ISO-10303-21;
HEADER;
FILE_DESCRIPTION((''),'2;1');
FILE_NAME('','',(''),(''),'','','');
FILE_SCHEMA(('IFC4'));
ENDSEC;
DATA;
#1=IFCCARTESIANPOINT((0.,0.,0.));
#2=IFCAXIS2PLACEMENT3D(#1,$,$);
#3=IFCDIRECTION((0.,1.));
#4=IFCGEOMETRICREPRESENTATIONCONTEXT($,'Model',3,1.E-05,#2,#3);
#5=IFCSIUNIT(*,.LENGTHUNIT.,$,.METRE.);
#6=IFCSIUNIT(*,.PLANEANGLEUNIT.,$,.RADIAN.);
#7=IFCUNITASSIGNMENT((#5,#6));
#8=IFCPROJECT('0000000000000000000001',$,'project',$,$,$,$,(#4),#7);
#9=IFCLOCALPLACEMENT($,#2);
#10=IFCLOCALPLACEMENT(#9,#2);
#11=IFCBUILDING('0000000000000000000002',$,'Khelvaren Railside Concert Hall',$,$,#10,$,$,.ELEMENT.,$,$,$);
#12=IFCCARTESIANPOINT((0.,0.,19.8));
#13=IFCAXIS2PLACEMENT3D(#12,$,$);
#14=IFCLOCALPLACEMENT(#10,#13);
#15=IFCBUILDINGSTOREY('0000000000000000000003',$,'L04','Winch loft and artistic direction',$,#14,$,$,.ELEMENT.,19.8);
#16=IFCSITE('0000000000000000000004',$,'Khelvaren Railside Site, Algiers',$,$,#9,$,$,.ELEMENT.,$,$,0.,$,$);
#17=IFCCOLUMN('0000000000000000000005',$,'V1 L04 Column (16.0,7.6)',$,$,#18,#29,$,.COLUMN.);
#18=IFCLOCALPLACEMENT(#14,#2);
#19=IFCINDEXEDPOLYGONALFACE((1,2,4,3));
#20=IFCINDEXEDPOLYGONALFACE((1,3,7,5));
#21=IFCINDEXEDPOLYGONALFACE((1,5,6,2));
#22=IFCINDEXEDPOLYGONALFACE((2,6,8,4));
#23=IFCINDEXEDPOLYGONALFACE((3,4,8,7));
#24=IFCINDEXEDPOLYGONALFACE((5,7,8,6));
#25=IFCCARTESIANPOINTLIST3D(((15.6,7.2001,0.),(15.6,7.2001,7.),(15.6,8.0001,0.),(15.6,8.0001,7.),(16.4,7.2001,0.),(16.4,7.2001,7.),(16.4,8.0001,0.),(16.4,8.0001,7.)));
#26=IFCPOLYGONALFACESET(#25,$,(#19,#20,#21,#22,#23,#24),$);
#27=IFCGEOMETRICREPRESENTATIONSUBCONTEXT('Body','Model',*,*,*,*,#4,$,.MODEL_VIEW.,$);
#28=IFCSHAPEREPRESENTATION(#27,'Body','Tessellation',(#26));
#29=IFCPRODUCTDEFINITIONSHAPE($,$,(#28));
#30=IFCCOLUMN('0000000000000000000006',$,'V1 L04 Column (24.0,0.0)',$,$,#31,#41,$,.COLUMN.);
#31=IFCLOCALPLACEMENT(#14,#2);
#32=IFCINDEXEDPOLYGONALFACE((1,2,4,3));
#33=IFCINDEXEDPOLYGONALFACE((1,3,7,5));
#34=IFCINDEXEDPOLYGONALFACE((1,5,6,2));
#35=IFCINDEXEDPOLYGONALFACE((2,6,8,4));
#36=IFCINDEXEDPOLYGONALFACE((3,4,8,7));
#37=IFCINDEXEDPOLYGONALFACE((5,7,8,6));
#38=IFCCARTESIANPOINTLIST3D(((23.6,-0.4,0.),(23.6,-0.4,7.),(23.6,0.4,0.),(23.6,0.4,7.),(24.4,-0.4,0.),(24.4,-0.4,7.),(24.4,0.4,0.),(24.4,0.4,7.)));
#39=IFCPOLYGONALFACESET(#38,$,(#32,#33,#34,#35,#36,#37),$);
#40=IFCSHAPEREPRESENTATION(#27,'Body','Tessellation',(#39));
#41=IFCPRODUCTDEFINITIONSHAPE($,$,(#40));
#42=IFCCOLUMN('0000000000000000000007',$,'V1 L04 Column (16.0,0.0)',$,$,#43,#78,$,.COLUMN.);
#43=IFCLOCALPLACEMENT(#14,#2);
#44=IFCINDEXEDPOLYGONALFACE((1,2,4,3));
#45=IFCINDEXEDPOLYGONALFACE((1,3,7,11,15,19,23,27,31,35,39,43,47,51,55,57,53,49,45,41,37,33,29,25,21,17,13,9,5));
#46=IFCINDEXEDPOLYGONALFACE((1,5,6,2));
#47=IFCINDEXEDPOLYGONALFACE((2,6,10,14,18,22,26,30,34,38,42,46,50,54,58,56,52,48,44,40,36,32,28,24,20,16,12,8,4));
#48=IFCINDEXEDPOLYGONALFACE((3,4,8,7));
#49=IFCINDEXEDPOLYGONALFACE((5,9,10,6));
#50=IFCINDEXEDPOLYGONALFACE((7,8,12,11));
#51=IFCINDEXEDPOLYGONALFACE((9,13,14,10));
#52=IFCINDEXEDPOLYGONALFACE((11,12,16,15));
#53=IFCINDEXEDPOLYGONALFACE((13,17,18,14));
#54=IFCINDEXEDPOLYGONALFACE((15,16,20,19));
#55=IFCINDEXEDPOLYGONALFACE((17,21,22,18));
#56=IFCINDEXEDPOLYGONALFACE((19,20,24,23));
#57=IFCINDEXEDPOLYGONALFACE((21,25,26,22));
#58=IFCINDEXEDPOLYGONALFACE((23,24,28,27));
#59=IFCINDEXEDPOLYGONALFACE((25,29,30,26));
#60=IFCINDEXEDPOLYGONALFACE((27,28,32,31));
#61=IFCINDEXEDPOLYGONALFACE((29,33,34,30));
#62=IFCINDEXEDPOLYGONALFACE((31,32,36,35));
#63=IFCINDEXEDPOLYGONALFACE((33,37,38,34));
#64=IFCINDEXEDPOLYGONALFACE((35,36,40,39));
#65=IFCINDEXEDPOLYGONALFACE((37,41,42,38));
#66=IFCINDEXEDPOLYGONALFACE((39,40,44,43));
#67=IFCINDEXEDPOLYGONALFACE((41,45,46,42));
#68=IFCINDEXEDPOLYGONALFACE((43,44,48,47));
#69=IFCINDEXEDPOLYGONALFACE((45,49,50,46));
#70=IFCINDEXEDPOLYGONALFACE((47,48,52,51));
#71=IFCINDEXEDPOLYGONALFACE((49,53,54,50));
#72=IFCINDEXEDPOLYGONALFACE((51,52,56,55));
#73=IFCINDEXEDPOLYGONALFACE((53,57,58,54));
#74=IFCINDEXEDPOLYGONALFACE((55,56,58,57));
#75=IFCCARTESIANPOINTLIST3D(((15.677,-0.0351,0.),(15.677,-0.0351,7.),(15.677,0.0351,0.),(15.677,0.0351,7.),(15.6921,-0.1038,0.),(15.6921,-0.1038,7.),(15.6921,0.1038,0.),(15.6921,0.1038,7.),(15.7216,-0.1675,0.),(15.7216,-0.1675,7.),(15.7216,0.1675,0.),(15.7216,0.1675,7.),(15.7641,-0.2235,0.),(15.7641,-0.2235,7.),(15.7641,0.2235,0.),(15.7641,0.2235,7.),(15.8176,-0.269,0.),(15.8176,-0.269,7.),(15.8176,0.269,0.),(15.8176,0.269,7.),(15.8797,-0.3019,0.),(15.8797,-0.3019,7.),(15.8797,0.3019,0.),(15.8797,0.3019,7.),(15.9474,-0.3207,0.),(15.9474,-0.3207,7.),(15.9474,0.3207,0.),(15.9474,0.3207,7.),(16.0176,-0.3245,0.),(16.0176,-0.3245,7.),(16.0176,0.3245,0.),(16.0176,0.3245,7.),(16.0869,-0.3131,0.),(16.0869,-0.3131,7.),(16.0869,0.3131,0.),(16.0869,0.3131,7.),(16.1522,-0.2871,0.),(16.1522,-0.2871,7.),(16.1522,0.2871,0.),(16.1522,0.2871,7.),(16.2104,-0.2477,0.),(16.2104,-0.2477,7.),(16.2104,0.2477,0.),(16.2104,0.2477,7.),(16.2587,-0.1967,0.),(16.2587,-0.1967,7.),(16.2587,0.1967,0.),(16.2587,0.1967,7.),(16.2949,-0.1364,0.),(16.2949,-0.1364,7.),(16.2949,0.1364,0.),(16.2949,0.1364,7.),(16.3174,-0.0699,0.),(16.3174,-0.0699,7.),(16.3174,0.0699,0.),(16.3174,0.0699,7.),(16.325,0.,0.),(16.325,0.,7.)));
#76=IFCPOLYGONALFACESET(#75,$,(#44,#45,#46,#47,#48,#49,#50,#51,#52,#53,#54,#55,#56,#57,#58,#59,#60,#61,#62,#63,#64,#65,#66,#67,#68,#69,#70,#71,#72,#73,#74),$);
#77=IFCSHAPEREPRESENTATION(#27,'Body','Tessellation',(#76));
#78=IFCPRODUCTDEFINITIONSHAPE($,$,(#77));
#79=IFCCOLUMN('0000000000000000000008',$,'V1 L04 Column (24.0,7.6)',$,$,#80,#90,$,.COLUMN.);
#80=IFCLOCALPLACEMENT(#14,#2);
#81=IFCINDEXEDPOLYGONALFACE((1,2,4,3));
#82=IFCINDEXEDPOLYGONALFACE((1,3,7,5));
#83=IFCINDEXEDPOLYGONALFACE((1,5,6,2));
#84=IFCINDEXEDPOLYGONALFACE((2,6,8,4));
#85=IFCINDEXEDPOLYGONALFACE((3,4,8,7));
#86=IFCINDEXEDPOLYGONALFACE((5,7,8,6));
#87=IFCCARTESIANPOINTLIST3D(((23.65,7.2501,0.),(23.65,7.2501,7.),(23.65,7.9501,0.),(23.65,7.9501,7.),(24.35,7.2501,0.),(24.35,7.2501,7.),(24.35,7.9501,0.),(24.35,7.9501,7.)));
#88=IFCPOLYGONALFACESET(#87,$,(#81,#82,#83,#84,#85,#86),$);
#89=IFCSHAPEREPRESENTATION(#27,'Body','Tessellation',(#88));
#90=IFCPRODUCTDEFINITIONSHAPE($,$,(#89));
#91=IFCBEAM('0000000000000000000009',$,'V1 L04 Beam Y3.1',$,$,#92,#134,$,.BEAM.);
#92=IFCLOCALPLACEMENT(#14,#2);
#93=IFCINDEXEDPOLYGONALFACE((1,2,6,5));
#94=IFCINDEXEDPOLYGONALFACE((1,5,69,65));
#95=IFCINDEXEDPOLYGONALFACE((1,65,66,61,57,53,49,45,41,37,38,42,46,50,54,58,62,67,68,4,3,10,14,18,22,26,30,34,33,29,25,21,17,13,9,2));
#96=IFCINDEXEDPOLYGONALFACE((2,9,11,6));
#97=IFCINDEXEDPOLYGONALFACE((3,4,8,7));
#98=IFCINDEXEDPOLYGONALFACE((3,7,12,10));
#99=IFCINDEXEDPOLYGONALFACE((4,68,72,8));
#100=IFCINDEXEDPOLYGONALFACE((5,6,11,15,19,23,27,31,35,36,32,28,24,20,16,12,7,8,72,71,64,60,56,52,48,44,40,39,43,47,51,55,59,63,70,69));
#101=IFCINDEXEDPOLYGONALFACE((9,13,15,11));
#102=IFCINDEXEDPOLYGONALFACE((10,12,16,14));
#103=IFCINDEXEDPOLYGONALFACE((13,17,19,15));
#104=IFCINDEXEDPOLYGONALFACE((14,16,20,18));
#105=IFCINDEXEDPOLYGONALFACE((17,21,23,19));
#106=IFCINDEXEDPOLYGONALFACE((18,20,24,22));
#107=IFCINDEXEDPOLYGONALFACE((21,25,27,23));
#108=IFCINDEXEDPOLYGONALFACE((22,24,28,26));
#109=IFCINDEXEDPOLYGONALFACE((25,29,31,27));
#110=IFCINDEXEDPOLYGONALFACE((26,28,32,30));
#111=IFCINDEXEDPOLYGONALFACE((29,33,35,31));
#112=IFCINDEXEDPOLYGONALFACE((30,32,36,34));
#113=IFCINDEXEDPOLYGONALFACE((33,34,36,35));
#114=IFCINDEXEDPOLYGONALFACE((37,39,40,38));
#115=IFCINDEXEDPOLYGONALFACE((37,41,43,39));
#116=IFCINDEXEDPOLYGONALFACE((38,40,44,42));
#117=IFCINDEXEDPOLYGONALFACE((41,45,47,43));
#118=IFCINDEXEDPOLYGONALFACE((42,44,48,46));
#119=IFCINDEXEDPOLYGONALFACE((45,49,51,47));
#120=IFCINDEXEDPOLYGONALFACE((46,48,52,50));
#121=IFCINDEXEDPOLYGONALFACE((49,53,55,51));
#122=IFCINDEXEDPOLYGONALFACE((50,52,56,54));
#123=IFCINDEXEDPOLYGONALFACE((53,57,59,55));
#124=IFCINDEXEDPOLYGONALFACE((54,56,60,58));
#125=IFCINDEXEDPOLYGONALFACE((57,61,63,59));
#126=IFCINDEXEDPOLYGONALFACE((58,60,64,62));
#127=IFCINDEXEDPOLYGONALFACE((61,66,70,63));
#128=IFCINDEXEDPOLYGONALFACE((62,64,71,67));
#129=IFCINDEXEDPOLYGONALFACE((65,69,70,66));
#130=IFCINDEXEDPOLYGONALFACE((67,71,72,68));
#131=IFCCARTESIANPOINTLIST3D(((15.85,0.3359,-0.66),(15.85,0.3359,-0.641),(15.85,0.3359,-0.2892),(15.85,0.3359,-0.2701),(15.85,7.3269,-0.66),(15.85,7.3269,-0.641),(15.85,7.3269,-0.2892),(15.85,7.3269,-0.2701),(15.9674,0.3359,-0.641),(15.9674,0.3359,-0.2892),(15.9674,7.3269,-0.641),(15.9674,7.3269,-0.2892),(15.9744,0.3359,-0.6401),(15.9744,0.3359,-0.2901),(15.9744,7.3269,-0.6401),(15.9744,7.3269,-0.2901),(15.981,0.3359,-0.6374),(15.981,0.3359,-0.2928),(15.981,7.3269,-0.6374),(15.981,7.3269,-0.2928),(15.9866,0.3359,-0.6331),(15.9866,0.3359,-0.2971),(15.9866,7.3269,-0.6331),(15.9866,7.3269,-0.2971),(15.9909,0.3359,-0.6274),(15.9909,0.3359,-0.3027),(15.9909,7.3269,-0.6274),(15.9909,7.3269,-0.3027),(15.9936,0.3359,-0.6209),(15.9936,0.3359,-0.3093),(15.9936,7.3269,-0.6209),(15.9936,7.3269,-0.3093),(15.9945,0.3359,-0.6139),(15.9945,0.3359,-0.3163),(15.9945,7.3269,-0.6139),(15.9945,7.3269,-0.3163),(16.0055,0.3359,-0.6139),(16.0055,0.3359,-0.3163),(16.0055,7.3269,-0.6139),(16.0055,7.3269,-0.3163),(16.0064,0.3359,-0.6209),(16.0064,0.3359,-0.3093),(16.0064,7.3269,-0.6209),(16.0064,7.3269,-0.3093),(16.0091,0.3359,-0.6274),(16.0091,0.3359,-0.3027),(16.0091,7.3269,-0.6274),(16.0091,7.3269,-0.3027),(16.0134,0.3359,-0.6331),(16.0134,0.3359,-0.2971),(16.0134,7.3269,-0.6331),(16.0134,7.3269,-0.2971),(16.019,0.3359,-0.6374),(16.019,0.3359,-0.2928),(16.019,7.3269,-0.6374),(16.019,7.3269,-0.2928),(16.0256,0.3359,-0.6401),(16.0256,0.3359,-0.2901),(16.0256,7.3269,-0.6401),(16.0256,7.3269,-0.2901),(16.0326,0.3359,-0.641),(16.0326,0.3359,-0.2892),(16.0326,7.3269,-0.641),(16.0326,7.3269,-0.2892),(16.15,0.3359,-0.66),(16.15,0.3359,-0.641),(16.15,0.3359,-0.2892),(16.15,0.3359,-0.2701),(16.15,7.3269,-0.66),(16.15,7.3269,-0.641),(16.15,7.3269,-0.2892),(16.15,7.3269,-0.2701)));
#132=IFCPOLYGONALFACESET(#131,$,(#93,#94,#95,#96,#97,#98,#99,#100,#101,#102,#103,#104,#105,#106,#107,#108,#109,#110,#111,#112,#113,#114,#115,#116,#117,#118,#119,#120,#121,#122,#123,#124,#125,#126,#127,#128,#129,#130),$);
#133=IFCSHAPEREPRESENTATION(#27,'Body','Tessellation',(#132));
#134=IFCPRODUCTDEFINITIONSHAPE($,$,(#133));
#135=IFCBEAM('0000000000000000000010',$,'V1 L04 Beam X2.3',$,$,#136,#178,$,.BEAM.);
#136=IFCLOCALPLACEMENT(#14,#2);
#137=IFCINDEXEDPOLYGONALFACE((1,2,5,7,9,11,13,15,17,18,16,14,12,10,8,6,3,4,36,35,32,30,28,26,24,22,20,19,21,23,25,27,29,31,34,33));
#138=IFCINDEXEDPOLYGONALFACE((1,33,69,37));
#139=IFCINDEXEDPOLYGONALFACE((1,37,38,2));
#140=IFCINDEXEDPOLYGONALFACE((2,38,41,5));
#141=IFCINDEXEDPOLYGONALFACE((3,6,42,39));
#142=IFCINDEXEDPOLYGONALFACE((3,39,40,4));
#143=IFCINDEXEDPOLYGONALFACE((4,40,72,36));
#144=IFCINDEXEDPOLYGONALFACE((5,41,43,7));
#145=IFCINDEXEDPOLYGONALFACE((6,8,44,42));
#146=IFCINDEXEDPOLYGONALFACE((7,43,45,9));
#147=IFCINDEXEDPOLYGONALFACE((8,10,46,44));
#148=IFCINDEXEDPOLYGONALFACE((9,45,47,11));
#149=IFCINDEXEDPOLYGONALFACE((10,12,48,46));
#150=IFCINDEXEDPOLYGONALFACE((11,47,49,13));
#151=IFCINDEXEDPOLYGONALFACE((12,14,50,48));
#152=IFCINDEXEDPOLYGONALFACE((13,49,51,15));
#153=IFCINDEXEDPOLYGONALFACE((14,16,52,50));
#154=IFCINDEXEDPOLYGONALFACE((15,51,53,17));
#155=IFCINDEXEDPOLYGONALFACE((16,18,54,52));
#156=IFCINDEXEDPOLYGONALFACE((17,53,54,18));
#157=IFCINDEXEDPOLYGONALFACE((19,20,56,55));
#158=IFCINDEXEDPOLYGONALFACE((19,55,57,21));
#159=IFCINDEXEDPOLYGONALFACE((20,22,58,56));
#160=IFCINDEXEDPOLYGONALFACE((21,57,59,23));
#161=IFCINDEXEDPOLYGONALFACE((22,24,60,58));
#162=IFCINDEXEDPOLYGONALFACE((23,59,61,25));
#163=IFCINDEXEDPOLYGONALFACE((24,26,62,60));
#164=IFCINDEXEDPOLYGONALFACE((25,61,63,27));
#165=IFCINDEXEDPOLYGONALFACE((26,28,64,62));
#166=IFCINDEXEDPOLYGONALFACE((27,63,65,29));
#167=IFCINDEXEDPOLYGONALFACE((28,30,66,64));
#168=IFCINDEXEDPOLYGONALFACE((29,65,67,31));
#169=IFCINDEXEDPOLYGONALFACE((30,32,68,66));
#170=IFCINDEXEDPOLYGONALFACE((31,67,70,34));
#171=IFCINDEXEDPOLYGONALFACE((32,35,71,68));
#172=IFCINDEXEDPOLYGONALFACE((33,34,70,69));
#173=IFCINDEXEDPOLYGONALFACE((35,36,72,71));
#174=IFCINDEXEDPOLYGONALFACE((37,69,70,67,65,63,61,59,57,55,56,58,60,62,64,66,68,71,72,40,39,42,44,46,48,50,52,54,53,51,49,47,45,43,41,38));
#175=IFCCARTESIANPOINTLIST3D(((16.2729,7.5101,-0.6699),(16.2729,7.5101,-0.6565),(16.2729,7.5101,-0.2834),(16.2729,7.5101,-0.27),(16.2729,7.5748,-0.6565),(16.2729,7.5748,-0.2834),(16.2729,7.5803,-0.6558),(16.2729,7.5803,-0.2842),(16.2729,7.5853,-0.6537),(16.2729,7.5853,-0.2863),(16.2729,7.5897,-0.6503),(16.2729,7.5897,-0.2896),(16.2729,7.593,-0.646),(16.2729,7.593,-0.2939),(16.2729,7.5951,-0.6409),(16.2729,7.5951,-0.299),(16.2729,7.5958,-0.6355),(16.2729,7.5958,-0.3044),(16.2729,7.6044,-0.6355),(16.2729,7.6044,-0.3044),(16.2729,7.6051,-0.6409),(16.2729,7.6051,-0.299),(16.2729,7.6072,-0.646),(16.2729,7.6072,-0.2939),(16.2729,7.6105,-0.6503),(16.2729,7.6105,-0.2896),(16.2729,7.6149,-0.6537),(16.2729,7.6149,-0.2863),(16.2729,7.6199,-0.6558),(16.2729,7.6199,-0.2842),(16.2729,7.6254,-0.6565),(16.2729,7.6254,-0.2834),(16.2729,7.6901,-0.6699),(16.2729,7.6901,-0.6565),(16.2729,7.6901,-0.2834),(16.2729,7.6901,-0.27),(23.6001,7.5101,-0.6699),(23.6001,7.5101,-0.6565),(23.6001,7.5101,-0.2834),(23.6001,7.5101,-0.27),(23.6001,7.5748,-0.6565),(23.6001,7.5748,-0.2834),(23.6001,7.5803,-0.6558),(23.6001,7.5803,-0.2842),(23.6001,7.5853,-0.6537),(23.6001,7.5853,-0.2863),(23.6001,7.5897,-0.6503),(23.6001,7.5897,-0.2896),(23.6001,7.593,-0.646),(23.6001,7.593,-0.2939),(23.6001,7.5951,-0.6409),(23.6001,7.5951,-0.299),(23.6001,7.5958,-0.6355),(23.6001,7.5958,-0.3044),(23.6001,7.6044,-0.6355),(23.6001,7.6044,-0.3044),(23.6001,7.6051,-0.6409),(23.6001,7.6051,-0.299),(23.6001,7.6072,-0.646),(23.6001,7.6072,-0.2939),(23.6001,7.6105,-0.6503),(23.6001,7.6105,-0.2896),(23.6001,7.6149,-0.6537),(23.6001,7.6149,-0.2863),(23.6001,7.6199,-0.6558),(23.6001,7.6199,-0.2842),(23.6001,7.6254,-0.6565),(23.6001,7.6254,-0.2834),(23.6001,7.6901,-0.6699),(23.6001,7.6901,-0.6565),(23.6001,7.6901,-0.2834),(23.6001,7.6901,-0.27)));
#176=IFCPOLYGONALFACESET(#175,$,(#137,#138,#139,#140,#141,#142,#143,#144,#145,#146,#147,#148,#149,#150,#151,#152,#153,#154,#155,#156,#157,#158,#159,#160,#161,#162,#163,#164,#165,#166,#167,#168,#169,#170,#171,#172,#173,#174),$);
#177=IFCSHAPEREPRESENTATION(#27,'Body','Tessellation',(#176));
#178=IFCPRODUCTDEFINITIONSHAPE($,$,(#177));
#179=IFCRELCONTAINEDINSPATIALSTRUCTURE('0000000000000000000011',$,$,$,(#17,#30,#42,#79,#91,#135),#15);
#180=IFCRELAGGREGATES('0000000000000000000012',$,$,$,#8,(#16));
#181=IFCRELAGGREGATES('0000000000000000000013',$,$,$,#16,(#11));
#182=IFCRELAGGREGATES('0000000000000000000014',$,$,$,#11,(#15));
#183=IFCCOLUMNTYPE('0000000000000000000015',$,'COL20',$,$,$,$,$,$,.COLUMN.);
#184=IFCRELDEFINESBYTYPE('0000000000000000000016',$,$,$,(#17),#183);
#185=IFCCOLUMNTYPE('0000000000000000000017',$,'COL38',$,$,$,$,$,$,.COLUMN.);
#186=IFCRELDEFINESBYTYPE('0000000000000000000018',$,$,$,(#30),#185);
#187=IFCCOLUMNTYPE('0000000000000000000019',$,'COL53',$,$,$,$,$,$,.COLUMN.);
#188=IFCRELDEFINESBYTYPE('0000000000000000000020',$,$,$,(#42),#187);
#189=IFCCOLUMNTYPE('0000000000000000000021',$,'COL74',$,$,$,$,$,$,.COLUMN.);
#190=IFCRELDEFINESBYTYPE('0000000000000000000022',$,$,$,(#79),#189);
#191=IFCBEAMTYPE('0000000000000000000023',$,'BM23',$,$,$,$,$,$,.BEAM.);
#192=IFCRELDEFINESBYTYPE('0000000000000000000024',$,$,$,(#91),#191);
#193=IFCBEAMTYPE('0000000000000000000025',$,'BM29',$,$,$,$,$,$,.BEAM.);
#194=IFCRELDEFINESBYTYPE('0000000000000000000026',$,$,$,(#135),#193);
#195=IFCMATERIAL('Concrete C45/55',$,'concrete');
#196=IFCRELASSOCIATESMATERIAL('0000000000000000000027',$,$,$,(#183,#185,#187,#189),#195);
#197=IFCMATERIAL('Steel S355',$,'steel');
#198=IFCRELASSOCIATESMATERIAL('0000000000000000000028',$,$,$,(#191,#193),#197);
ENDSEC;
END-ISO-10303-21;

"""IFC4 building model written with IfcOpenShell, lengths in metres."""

from ifc_helpers import new_model, si_unit, direction, frame, origin, origin_2d, place, context, subcontext, project, spatial, rectangle, circle, i_section, extrude, material, material_profile, profile_set, type_object, element, save


model = new_model("IFC4")

# Units and contexts
model_context = context("Model", 3, precision=1e-05, world=origin(), true_north=direction((0.0, 1.0)))
body_context = subcontext(model_context, "Body", "Model", "MODEL_VIEW")
ifc_project = project(units=[si_unit("LENGTHUNIT", "METRE"), si_unit("PLANEANGLEUNIT", "RADIAN")], contexts=[model_context])

# Site, building, storey
site_placement = place(None, origin())
site = spatial("IfcSite", under=ifc_project, at=site_placement, Name="Khelvaren Railside Site, Algiers", CompositionType="ELEMENT", RefElevation=0.0)
building_placement = place(site_placement, origin())
building = spatial("IfcBuilding", under=site, at=building_placement, Name="Khelvaren Railside Concert Hall", CompositionType="ELEMENT")
storey_placement = place(building_placement, frame((0.0, 0.0, 19.8)))
storey = spatial("IfcBuildingStorey", under=building, at=storey_placement, Name="L04", Description="Winch loft and artistic direction", CompositionType="ELEMENT", Elevation=19.8)

# Columns
ifc_material_1 = material(Name="Concrete C45/55", Category="concrete")
ifc_material_profile_1 = material_profile(ifc_material_1, rectangle(XDim=0.8, YDim=0.8, at=origin_2d()), Name="RC 800x800")
ifc_profile_set_1 = profile_set([ifc_material_profile_1], Name="Concrete C45/55")
column_type_1 = type_object("IfcColumnType", Name="COL20", PredefinedType="COLUMN", material=ifc_profile_set_1)
column_1_placement = place(storey_placement, frame((16.0, 7.6001, 0.0), z_axis=(0.0, 0.0, 1.0), x_axis=(1.0, 0.0, 0.0)))
element("IfcColumn", 1, at=column_1_placement, inside=storey, type_object=column_type_1, Name="V1 L04 Column (16.0,7.6)", PredefinedType="COLUMN", context=body_context, shape_type="SweptSolid", body=[
    extrude(rectangle(XDim=0.8, YDim=0.8, at=origin_2d()), origin(), (0.0, 0.0, 1.0), 7.0),
])
ifc_material_profile_2 = material_profile(ifc_material_1, rectangle(XDim=0.8, YDim=0.8, at=origin_2d()), Name="RC 800x800")
ifc_profile_set_2 = profile_set([ifc_material_profile_2], Name="Concrete C45/55")
column_type_2 = type_object("IfcColumnType", Name="COL38", PredefinedType="COLUMN", material=ifc_profile_set_2)
column_2_placement = place(storey_placement, frame((24.0, 0.0, 0.0), z_axis=(0.0, 0.0, 1.0), x_axis=(1.0, 0.0, 0.0)))
element("IfcColumn", 2, at=column_2_placement, inside=storey, type_object=column_type_2, Name="V1 L04 Column (24.0,0.0)", PredefinedType="COLUMN", context=body_context, shape_type="SweptSolid", body=[
    extrude(rectangle(XDim=0.8, YDim=0.8, at=origin_2d()), origin(), (0.0, 0.0, 1.0), 7.0),
])
ifc_material_profile_3 = material_profile(ifc_material_1, circle(Radius=0.325, at=origin_2d()), Name="RC D650")
ifc_profile_set_3 = profile_set([ifc_material_profile_3], Name="Concrete C45/55")
column_type_3 = type_object("IfcColumnType", Name="COL53", PredefinedType="COLUMN", material=ifc_profile_set_3)
column_3_placement = place(storey_placement, frame((16.0, 0.0, 0.0), z_axis=(0.0, 0.0, 1.0), x_axis=(1.0, 0.0, 0.0)))
element("IfcColumn", 3, at=column_3_placement, inside=storey, type_object=column_type_3, Name="V1 L04 Column (16.0,0.0)", PredefinedType="COLUMN", context=body_context, shape_type="SweptSolid", body=[
    extrude(circle(Radius=0.325, at=origin_2d()), origin(), (0.0, 0.0, 1.0), 7.0),
])
ifc_material_profile_4 = material_profile(ifc_material_1, rectangle(XDim=0.7, YDim=0.7, at=origin_2d()), Name="RC 700x700")
ifc_profile_set_4 = profile_set([ifc_material_profile_4], Name="Concrete C45/55")
column_type_4 = type_object("IfcColumnType", Name="COL74", PredefinedType="COLUMN", material=ifc_profile_set_4)
column_4_placement = place(storey_placement, frame((24.0, 7.6001, 0.0), z_axis=(0.0, 0.0, 1.0), x_axis=(1.0, 0.0, 0.0)))
element("IfcColumn", 4, at=column_4_placement, inside=storey, type_object=column_type_4, Name="V1 L04 Column (24.0,7.6)", PredefinedType="COLUMN", context=body_context, shape_type="SweptSolid", body=[
    extrude(rectangle(XDim=0.7, YDim=0.7, at=origin_2d()), origin(), (0.0, 0.0, 1.0), 7.0),
])

# Beams
ifc_material_2 = material(Name="Steel S355", Category="steel")
ifc_material_profile_5 = material_profile(ifc_material_2, i_section(OverallWidth=0.3, OverallDepth=0.3899, WebThickness=0.011, FlangeThickness=0.019, FilletRadius=0.0271, at=origin_2d()), Name="HEA 400")
ifc_profile_set_5 = profile_set([ifc_material_profile_5], Name="Steel S355")
beam_type_1 = type_object("IfcBeamType", Name="BM23", PredefinedType="BEAM", material=ifc_profile_set_5)
beam_1_placement = place(storey_placement, frame((16.0, 0.3359, -0.4651), z_axis=(0.0, 1.0, 0.0), x_axis=(-1.0, 0.0, 0.0)))
element("IfcBeam", 5, at=beam_1_placement, inside=storey, type_object=beam_type_1, Name="V1 L04 Beam Y3.1", PredefinedType="BEAM", context=body_context, shape_type="SweptSolid", body=[
    extrude(i_section(OverallWidth=0.3, OverallDepth=0.3899, WebThickness=0.011, FlangeThickness=0.019, FilletRadius=0.0271, at=origin_2d()), origin(), (0.0, 0.0, 1.0), 6.991),
])
ifc_material_profile_6 = material_profile(ifc_material_2, i_section(OverallWidth=0.1799, OverallDepth=0.3999, WebThickness=0.0085, FlangeThickness=0.0134, FilletRadius=0.021, at=origin_2d()), Name="IPE 400")
ifc_profile_set_6 = profile_set([ifc_material_profile_6], Name="Steel S355")
beam_type_2 = type_object("IfcBeamType", Name="BM29", PredefinedType="BEAM", material=ifc_profile_set_6)
beam_2_placement = place(storey_placement, frame((16.2729, 7.6001, -0.47), z_axis=(1.0, 0.0, 0.0), x_axis=(0.0, 1.0, 0.0)))
element("IfcBeam", 6, at=beam_2_placement, inside=storey, type_object=beam_type_2, Name="V1 L04 Beam X2.3", PredefinedType="BEAM", context=body_context, shape_type="SweptSolid", body=[
    extrude(i_section(OverallWidth=0.1799, OverallDepth=0.3999, WebThickness=0.0085, FlangeThickness=0.0134, FilletRadius=0.021, at=origin_2d()), origin(), (0.0, 0.0, 1.0), 7.3271),
])

save(model, "model.ifc")
